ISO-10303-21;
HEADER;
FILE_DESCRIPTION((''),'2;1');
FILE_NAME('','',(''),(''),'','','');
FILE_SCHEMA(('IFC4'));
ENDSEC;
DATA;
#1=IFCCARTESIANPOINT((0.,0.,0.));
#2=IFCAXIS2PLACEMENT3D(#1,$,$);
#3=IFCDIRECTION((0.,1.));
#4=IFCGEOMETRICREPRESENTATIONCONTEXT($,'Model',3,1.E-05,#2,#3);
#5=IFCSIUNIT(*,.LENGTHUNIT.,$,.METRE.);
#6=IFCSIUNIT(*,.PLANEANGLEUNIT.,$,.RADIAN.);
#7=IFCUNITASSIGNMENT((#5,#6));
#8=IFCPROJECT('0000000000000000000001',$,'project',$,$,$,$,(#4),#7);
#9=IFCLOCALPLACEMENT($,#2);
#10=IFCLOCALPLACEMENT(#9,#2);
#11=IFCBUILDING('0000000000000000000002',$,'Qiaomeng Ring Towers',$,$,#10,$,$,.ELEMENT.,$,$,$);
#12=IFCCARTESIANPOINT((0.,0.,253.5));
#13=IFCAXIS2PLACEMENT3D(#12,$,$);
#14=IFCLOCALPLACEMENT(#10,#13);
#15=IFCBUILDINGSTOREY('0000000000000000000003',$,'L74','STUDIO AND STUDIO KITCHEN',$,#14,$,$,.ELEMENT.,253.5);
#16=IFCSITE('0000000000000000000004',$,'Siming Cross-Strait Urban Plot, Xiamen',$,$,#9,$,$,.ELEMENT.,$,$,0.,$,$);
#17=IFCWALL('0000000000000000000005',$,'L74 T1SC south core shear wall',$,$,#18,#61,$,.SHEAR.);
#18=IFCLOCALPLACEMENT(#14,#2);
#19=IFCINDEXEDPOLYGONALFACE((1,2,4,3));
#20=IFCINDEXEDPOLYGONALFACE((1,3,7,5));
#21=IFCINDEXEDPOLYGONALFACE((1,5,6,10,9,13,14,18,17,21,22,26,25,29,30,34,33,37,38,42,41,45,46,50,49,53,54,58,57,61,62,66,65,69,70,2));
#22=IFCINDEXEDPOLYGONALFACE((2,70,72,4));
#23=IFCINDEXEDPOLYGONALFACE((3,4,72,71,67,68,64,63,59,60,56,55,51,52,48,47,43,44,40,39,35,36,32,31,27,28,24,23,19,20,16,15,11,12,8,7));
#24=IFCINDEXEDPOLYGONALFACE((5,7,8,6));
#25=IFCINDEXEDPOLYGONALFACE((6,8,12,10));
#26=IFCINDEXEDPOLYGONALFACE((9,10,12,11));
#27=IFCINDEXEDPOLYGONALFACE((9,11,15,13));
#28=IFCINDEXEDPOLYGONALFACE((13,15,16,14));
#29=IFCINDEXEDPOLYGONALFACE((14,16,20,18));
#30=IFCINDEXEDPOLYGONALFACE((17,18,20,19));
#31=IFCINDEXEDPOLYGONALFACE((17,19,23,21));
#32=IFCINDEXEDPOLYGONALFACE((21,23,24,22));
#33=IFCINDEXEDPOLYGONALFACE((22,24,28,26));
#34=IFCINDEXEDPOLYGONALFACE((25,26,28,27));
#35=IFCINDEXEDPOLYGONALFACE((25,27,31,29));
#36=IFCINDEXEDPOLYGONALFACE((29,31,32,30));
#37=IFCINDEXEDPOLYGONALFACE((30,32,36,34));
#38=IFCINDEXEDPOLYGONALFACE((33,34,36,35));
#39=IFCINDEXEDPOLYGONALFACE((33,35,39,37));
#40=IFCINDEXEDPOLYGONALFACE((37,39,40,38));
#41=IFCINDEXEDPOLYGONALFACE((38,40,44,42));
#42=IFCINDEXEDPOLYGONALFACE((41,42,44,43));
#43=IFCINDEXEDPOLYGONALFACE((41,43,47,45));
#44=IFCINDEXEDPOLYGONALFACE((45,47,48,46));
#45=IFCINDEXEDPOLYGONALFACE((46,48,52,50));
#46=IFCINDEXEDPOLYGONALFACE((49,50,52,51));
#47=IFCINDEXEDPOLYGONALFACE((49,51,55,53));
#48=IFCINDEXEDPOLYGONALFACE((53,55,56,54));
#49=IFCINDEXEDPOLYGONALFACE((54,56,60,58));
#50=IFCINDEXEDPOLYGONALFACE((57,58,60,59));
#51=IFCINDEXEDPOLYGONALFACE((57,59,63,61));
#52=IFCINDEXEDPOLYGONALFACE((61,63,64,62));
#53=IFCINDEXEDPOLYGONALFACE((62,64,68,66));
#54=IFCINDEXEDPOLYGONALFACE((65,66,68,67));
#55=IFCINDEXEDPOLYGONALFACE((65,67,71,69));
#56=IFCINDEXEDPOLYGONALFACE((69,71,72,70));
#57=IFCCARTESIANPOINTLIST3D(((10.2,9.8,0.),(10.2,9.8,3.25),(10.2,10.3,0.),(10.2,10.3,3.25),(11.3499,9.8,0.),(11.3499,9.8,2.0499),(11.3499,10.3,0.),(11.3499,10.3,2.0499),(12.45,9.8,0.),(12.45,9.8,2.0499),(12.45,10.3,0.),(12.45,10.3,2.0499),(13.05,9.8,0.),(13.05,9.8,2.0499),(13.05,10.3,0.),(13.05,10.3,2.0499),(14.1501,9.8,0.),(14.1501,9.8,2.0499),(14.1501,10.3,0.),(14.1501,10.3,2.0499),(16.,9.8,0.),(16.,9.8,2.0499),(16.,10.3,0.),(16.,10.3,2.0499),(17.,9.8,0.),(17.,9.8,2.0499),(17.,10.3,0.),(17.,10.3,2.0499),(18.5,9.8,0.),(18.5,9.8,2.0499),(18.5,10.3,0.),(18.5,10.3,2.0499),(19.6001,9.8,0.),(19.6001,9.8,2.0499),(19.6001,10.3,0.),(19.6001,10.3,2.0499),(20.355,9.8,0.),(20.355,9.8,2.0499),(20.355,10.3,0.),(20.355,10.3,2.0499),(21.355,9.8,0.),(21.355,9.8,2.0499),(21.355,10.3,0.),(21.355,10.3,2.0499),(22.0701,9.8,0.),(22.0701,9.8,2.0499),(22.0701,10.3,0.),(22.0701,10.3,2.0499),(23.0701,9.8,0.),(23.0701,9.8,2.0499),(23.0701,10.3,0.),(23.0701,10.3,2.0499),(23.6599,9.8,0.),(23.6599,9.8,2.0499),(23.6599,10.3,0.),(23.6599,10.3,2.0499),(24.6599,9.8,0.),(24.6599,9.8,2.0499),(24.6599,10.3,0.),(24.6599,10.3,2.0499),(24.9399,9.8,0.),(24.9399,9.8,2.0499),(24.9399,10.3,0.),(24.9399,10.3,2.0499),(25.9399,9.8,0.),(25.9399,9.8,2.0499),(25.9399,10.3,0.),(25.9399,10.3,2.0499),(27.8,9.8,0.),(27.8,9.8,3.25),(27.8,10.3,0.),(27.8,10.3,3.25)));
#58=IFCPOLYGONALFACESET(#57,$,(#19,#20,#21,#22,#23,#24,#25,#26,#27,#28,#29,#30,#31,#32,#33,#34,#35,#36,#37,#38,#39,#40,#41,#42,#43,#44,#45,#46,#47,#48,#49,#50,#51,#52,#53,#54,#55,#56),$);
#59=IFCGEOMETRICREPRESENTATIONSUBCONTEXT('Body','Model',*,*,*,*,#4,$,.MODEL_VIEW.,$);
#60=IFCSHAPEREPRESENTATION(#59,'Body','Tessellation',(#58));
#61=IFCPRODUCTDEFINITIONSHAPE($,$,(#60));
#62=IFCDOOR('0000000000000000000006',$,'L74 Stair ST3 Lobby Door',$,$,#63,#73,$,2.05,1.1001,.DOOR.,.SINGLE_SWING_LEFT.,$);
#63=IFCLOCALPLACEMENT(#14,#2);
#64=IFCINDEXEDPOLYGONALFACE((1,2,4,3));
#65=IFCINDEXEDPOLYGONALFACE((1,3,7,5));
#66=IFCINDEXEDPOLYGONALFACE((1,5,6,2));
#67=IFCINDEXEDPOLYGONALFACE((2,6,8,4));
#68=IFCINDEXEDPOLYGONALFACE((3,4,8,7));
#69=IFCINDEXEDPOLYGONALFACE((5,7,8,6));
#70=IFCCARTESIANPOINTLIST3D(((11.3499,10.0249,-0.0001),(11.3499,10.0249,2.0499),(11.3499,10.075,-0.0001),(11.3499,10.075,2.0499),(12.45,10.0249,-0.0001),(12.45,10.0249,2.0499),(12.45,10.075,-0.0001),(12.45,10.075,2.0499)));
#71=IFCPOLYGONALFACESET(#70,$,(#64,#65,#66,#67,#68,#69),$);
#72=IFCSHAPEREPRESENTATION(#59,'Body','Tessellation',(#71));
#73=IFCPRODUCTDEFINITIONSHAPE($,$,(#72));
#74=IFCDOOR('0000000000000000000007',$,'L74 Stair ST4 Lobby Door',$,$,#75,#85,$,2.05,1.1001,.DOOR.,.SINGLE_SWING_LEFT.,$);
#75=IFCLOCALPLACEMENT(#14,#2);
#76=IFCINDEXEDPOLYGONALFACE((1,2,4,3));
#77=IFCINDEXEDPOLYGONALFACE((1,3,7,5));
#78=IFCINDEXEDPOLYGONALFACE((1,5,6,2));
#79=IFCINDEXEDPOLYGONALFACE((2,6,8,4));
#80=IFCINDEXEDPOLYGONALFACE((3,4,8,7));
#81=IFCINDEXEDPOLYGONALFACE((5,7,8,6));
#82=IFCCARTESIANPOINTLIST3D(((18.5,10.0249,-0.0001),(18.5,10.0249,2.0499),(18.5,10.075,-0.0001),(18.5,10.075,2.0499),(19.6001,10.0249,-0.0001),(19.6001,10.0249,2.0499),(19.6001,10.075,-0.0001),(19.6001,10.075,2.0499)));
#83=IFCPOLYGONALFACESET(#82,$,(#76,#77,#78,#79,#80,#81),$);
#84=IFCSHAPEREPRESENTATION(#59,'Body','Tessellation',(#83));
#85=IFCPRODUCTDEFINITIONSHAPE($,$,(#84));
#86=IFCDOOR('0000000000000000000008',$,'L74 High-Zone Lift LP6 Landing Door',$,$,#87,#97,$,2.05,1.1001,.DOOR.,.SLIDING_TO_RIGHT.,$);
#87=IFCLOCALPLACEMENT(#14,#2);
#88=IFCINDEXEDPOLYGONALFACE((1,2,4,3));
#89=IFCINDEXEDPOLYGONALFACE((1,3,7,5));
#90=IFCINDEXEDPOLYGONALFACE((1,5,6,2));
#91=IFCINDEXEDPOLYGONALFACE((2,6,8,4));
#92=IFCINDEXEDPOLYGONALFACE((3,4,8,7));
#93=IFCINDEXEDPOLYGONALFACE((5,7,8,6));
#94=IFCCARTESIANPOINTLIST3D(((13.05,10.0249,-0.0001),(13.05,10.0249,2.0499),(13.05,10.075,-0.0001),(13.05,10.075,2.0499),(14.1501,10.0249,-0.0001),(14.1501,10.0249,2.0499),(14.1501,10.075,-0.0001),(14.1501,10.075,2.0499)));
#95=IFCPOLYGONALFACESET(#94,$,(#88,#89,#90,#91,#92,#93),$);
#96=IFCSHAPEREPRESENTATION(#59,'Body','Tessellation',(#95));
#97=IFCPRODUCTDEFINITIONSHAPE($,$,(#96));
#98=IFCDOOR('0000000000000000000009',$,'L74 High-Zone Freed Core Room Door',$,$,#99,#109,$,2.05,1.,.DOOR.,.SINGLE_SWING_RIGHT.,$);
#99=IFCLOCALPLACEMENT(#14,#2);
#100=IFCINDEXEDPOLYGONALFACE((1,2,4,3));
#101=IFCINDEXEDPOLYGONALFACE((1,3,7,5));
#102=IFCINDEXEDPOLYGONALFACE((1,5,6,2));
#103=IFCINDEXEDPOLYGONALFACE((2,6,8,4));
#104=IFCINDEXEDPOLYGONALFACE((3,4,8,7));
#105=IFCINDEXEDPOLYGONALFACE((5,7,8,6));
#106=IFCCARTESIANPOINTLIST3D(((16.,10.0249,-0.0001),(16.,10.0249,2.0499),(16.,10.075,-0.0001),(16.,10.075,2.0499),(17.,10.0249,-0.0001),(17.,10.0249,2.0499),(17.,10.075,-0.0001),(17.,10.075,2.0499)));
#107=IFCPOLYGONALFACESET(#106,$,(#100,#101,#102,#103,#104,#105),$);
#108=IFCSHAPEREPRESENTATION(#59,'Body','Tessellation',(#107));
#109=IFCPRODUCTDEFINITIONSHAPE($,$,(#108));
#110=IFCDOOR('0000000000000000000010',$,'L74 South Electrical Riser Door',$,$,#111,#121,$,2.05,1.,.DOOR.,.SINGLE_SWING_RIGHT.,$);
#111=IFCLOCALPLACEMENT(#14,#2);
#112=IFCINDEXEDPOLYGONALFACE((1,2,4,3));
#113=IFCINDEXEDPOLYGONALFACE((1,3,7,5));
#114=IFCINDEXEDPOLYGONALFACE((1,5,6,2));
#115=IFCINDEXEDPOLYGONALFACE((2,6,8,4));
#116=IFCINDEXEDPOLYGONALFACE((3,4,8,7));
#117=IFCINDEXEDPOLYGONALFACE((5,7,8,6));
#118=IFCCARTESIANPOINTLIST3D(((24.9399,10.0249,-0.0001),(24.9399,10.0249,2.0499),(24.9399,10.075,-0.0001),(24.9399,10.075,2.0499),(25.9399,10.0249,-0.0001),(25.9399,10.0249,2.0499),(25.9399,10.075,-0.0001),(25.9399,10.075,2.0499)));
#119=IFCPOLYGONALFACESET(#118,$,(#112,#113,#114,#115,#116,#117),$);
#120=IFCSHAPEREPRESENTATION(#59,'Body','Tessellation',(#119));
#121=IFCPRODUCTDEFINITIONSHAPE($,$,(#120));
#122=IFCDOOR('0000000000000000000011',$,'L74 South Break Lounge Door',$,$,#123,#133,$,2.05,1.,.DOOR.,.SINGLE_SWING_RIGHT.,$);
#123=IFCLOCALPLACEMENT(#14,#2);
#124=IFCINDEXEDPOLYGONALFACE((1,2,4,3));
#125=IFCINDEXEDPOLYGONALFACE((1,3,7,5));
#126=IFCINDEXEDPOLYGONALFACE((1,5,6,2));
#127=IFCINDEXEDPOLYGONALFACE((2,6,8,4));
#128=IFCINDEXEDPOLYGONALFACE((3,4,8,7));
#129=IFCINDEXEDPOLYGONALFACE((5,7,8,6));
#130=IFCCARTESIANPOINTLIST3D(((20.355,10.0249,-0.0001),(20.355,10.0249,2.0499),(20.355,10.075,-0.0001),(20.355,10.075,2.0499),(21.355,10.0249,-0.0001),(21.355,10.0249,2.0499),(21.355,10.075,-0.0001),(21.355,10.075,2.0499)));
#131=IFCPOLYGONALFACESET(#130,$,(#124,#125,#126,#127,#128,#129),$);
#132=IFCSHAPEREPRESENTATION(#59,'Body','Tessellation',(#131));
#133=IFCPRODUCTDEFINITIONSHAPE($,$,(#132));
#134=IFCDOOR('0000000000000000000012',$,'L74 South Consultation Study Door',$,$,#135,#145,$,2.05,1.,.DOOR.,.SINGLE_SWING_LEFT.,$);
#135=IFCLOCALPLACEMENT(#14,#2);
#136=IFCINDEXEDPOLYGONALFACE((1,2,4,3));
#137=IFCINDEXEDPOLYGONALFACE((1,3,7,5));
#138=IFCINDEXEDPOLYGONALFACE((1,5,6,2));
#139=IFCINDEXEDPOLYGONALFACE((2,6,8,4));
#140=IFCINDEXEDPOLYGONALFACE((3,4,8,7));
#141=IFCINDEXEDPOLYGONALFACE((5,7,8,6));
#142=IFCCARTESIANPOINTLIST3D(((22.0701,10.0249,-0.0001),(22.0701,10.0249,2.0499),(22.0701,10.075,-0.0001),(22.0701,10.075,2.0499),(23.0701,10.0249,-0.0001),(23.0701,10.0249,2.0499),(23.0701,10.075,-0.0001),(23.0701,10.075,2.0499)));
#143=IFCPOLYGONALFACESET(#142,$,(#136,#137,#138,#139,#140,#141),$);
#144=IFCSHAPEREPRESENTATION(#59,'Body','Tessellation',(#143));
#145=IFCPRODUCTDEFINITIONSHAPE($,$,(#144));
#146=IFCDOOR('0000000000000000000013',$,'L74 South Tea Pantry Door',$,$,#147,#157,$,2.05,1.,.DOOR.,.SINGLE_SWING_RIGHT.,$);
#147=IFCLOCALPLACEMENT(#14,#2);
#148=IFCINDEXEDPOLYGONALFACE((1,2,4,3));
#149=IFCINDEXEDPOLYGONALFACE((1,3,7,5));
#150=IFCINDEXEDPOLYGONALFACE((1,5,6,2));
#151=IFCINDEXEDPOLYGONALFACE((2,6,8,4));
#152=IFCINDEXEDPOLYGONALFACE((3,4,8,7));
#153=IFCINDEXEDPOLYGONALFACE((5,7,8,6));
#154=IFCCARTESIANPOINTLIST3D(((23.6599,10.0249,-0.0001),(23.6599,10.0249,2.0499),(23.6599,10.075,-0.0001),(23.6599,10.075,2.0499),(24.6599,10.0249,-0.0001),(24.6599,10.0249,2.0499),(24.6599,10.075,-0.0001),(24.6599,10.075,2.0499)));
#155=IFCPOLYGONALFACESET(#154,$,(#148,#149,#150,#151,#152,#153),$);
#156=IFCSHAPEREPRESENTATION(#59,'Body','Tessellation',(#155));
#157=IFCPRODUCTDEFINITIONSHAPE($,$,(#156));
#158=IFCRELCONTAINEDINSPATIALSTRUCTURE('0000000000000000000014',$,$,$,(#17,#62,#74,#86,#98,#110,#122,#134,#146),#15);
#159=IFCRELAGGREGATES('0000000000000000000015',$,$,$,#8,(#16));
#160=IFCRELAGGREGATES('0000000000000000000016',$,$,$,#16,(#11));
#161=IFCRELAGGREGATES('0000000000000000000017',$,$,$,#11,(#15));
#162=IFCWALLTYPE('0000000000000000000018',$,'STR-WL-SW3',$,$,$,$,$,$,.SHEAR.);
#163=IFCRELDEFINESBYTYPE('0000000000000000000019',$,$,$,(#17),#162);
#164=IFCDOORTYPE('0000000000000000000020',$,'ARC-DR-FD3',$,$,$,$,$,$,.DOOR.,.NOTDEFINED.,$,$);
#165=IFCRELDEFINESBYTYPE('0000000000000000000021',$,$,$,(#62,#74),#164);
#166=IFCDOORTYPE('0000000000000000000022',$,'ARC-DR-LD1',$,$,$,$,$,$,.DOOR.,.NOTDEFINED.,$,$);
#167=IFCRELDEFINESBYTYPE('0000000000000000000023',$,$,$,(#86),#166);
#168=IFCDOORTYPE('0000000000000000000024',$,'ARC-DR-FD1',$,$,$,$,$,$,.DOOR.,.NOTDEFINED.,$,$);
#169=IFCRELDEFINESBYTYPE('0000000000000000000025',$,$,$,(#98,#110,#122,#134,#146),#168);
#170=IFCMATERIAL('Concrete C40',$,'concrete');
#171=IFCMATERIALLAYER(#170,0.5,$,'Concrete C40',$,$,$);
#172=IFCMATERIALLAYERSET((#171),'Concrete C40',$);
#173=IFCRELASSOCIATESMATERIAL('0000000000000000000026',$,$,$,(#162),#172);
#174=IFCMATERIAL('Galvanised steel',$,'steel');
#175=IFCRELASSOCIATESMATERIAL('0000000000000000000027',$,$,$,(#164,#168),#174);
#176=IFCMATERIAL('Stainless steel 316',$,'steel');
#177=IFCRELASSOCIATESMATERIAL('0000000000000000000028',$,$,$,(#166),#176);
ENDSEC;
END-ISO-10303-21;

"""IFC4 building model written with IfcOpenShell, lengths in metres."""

from ifc_helpers import new_model, si_unit, direction, frame, frame_2d, origin, place, context, subcontext, project, spatial, rectangle, extrude, source, transform, mapped, material, layer, layer_set, type_object, element, fill, save


model = new_model("IFC4")

# Units and contexts
model_context = context("Model", 3, precision=1e-05, world=origin(), true_north=direction((0.0, 1.0)))
body_context = subcontext(model_context, "Body", "Model", "MODEL_VIEW")
ifc_project = project(units=[si_unit("LENGTHUNIT", "METRE"), si_unit("PLANEANGLEUNIT", "RADIAN")], contexts=[model_context])

# Site, building, storey
site_placement = place(None, origin())
site = spatial("IfcSite", under=ifc_project, at=site_placement, Name="Siming Cross-Strait Urban Plot, Xiamen", CompositionType="ELEMENT", RefElevation=0.0)
building_placement = place(site_placement, origin())
building = spatial("IfcBuilding", under=site, at=building_placement, Name="Qiaomeng Ring Towers", CompositionType="ELEMENT")
storey_placement = place(building_placement, frame((0.0, 0.0, 253.5)))
storey = spatial("IfcBuildingStorey", under=building, at=storey_placement, Name="L74", Description="STUDIO AND STUDIO KITCHEN", CompositionType="ELEMENT", Elevation=253.5)

# Shared definitions
ifc_material_1 = material(Name="Concrete C40", Category="concrete")

# Wall, openings, doors
ifc_layer_1 = layer(ifc_material_1, 0.5, Name="Concrete C40")
ifc_layer_set_1 = layer_set([ifc_layer_1], Name="Concrete C40")
wall_type_1 = type_object("IfcWallType", Name="STR-WL-SW3", PredefinedType="SHEAR", material=ifc_layer_set_1)
wall_1_placement = place(storey_placement, frame((10.2, 10.05, 0.0), z_axis=(0.0, 0.0, 1.0), x_axis=(1.0, 0.0, 0.0)))
wall_1 = element("IfcWall", 1, at=wall_1_placement, inside=storey, type_object=wall_type_1, Name="L74 T1SC south core shear wall", PredefinedType="SHEAR", context=body_context, shape_type="SweptSolid", body=[
    extrude(rectangle(XDim=17.6001, YDim=0.5, at=frame_2d((8.8, 0.0))), origin(), (0.0, 0.0, 1.0), 3.25),
])
opening_1_placement = place(wall_1_placement, frame((1.1499, 0.0, 0.0)))
opening_1 = element("IfcOpeningElement", 2, at=opening_1_placement, cuts=wall_1, PredefinedType="OPENING", context=body_context, shape_type="SweptSolid", body=[
    extrude(rectangle(XDim=1.1001, YDim=2.05, at=frame_2d((0.55, 1.0249))), frame((0.0, 0.26, 0.0), z_axis=(0.0, -1.0, 0.0), x_axis=(1.0, 0.0, 0.0)), (0.0, 0.0, 1.0), 0.52),
])
opening_2_placement = place(wall_1_placement, frame((8.3, 0.0, 0.0)))
opening_2 = element("IfcOpeningElement", 3, at=opening_2_placement, cuts=wall_1, PredefinedType="OPENING", context=body_context, shape_type="SweptSolid", body=[
    extrude(rectangle(XDim=1.1001, YDim=2.05, at=frame_2d((0.55, 1.0249))), frame((0.0, 0.26, 0.0), z_axis=(0.0, -1.0, 0.0), x_axis=(1.0, 0.0, 0.0)), (0.0, 0.0, 1.0), 0.52),
])
opening_3_placement = place(wall_1_placement, frame((2.8501, 0.0, 0.0)))
opening_3 = element("IfcOpeningElement", 4, at=opening_3_placement, cuts=wall_1, PredefinedType="OPENING", context=body_context, shape_type="SweptSolid", body=[
    extrude(rectangle(XDim=1.1001, YDim=2.05, at=frame_2d((0.55, 1.0249))), frame((0.0, 0.26, 0.0), z_axis=(0.0, -1.0, 0.0), x_axis=(1.0, 0.0, 0.0)), (0.0, 0.0, 1.0), 0.52),
])
opening_4_placement = place(wall_1_placement, frame((5.8, 0.0, 0.0)))
opening_4 = element("IfcOpeningElement", 5, at=opening_4_placement, cuts=wall_1, PredefinedType="OPENING", context=body_context, shape_type="SweptSolid", body=[
    extrude(rectangle(XDim=1.0, YDim=2.05, at=frame_2d((0.5, 1.0249))), frame((0.0, 0.26, 0.0), z_axis=(0.0, -1.0, 0.0), x_axis=(1.0, 0.0, 0.0)), (0.0, 0.0, 1.0), 0.52),
])
opening_5_placement = place(wall_1_placement, frame((14.74, 0.0, 0.0)))
opening_5 = element("IfcOpeningElement", 6, at=opening_5_placement, cuts=wall_1, PredefinedType="OPENING", context=body_context, shape_type="SweptSolid", body=[
    extrude(rectangle(XDim=1.0, YDim=2.05, at=frame_2d((0.5, 1.0249))), frame((0.0, 0.26, 0.0), z_axis=(0.0, -1.0, 0.0), x_axis=(1.0, 0.0, 0.0)), (0.0, 0.0, 1.0), 0.52),
])
opening_6_placement = place(wall_1_placement, frame((10.155, 0.0, 0.0)))
opening_6 = element("IfcOpeningElement", 7, at=opening_6_placement, cuts=wall_1, PredefinedType="OPENING", context=body_context, shape_type="SweptSolid", body=[
    extrude(rectangle(XDim=1.0, YDim=2.05, at=frame_2d((0.5, 1.0249))), frame((0.0, 0.26, 0.0), z_axis=(0.0, -1.0, 0.0), x_axis=(1.0, 0.0, 0.0)), (0.0, 0.0, 1.0), 0.52),
])
opening_7_placement = place(wall_1_placement, frame((11.8701, 0.0, 0.0)))
opening_7 = element("IfcOpeningElement", 8, at=opening_7_placement, cuts=wall_1, PredefinedType="OPENING", context=body_context, shape_type="SweptSolid", body=[
    extrude(rectangle(XDim=1.0, YDim=2.05, at=frame_2d((0.5, 1.0249))), frame((0.0, 0.26, 0.0), z_axis=(0.0, -1.0, 0.0), x_axis=(1.0, 0.0, 0.0)), (0.0, 0.0, 1.0), 0.52),
])
opening_8_placement = place(wall_1_placement, frame((13.46, 0.0, 0.0)))
opening_8 = element("IfcOpeningElement", 9, at=opening_8_placement, cuts=wall_1, PredefinedType="OPENING", context=body_context, shape_type="SweptSolid", body=[
    extrude(rectangle(XDim=1.0, YDim=2.05, at=frame_2d((0.5, 1.0249))), frame((0.0, 0.26, 0.0), z_axis=(0.0, -1.0, 0.0), x_axis=(1.0, 0.0, 0.0)), (0.0, 0.0, 1.0), 0.52),
])
ifc_material_2 = material(Name="Galvanised steel", Category="steel")
door_type_1 = type_object("IfcDoorType", Name="ARC-DR-FD3", OperationType="NOTDEFINED", PredefinedType="DOOR", material=ifc_material_2)
shared_shape_1 = source(origin(), body_context, "Body", "SweptSolid", [
    extrude(rectangle(XDim=1.1001, YDim=2.05, at=frame_2d((0.55, 1.0249))), frame((0.0, 0.0249, 0.0), z_axis=(0.0, -1.0, 0.0), x_axis=(1.0, 0.0, 0.0)), (0.0, 0.0, 1.0), 0.05),
])
door_1_placement = place(opening_1_placement, origin())
door_1 = element("IfcDoor", 10, at=door_1_placement, inside=storey, type_object=door_type_1, Name="L74 Stair ST3 Lobby Door", OperationType="SINGLE_SWING_LEFT", OverallHeight=2.05, OverallWidth=1.1001, PredefinedType="DOOR", context=body_context, shape_type="MappedRepresentation", body=[
    mapped(shared_shape_1, transform((0.0, 0.0, 0.0), x_axis=(1.0, 0.0, 0.0), y_axis=(0.0, 1.0, 0.0), z_axis=(0.0, 0.0, 1.0), scale=1.0)),
])
fill(opening_1, door_1)
door_2_placement = place(opening_2_placement, origin())
door_2 = element("IfcDoor", 11, at=door_2_placement, inside=storey, type_object=door_type_1, Name="L74 Stair ST4 Lobby Door", OperationType="SINGLE_SWING_LEFT", OverallHeight=2.05, OverallWidth=1.1001, PredefinedType="DOOR", context=body_context, shape_type="MappedRepresentation", body=[
    mapped(shared_shape_1, transform((0.0, 0.0, 0.0), x_axis=(1.0, 0.0, 0.0), y_axis=(0.0, 1.0, 0.0), z_axis=(0.0, 0.0, 1.0), scale=1.0)),
])
fill(opening_2, door_2)
ifc_material_3 = material(Name="Stainless steel 316", Category="steel")
door_type_2 = type_object("IfcDoorType", Name="ARC-DR-LD1", OperationType="NOTDEFINED", PredefinedType="DOOR", material=ifc_material_3)
door_3_placement = place(opening_3_placement, origin())
door_3 = element("IfcDoor", 12, at=door_3_placement, inside=storey, type_object=door_type_2, Name="L74 High-Zone Lift LP6 Landing Door", OperationType="SLIDING_TO_RIGHT", OverallHeight=2.05, OverallWidth=1.1001, PredefinedType="DOOR", context=body_context, shape_type="MappedRepresentation", body=[
    mapped(shared_shape_1, transform((0.0, 0.0, 0.0), x_axis=(1.0, 0.0, 0.0), y_axis=(0.0, 1.0, 0.0), z_axis=(0.0, 0.0, 1.0), scale=1.0)),
])
fill(opening_3, door_3)
door_type_3 = type_object("IfcDoorType", Name="ARC-DR-FD1", OperationType="NOTDEFINED", PredefinedType="DOOR", material=ifc_material_2)
shared_shape_2 = source(origin(), body_context, "Body", "SweptSolid", [
    extrude(rectangle(XDim=1.0, YDim=2.05, at=frame_2d((0.5, 1.0249))), frame((0.0, 0.0249, 0.0), z_axis=(0.0, -1.0, 0.0), x_axis=(1.0, 0.0, 0.0)), (0.0, 0.0, 1.0), 0.05),
])
door_4_placement = place(opening_4_placement, origin())
door_4 = element("IfcDoor", 13, at=door_4_placement, inside=storey, type_object=door_type_3, Name="L74 High-Zone Freed Core Room Door", OperationType="SINGLE_SWING_RIGHT", OverallHeight=2.05, OverallWidth=1.0, PredefinedType="DOOR", context=body_context, shape_type="MappedRepresentation", body=[
    mapped(shared_shape_2, transform((0.0, 0.0, 0.0), x_axis=(1.0, 0.0, 0.0), y_axis=(0.0, 1.0, 0.0), z_axis=(0.0, 0.0, 1.0), scale=1.0)),
])
fill(opening_4, door_4)
door_5_placement = place(opening_5_placement, origin())
door_5 = element("IfcDoor", 14, at=door_5_placement, inside=storey, type_object=door_type_3, Name="L74 South Electrical Riser Door", OperationType="SINGLE_SWING_RIGHT", OverallHeight=2.05, OverallWidth=1.0, PredefinedType="DOOR", context=body_context, shape_type="MappedRepresentation", body=[
    mapped(shared_shape_2, transform((0.0, 0.0, 0.0), x_axis=(1.0, 0.0, 0.0), y_axis=(0.0, 1.0, 0.0), z_axis=(0.0, 0.0, 1.0), scale=1.0)),
])
fill(opening_5, door_5)
door_6_placement = place(opening_6_placement, origin())
door_6 = element("IfcDoor", 15, at=door_6_placement, inside=storey, type_object=door_type_3, Name="L74 South Break Lounge Door", OperationType="SINGLE_SWING_RIGHT", OverallHeight=2.05, OverallWidth=1.0, PredefinedType="DOOR", context=body_context, shape_type="MappedRepresentation", body=[
    mapped(shared_shape_2, transform((0.0, 0.0, 0.0), x_axis=(1.0, 0.0, 0.0), y_axis=(0.0, 1.0, 0.0), z_axis=(0.0, 0.0, 1.0), scale=1.0)),
])
fill(opening_6, door_6)
door_7_placement = place(opening_7_placement, origin())
door_7 = element("IfcDoor", 16, at=door_7_placement, inside=storey, type_object=door_type_3, Name="L74 South Consultation Study Door", OperationType="SINGLE_SWING_LEFT", OverallHeight=2.05, OverallWidth=1.0, PredefinedType="DOOR", context=body_context, shape_type="MappedRepresentation", body=[
    mapped(shared_shape_2, transform((0.0, 0.0, 0.0), x_axis=(1.0, 0.0, 0.0), y_axis=(0.0, 1.0, 0.0), z_axis=(0.0, 0.0, 1.0), scale=1.0)),
])
fill(opening_7, door_7)
door_8_placement = place(opening_8_placement, origin())
door_8 = element("IfcDoor", 17, at=door_8_placement, inside=storey, type_object=door_type_3, Name="L74 South Tea Pantry Door", OperationType="SINGLE_SWING_RIGHT", OverallHeight=2.05, OverallWidth=1.0, PredefinedType="DOOR", context=body_context, shape_type="MappedRepresentation", body=[
    mapped(shared_shape_2, transform((0.0, 0.0, 0.0), x_axis=(1.0, 0.0, 0.0), y_axis=(0.0, 1.0, 0.0), z_axis=(0.0, 0.0, 1.0), scale=1.0)),
])
fill(opening_8, door_8)

save(model, "model.ifc")
